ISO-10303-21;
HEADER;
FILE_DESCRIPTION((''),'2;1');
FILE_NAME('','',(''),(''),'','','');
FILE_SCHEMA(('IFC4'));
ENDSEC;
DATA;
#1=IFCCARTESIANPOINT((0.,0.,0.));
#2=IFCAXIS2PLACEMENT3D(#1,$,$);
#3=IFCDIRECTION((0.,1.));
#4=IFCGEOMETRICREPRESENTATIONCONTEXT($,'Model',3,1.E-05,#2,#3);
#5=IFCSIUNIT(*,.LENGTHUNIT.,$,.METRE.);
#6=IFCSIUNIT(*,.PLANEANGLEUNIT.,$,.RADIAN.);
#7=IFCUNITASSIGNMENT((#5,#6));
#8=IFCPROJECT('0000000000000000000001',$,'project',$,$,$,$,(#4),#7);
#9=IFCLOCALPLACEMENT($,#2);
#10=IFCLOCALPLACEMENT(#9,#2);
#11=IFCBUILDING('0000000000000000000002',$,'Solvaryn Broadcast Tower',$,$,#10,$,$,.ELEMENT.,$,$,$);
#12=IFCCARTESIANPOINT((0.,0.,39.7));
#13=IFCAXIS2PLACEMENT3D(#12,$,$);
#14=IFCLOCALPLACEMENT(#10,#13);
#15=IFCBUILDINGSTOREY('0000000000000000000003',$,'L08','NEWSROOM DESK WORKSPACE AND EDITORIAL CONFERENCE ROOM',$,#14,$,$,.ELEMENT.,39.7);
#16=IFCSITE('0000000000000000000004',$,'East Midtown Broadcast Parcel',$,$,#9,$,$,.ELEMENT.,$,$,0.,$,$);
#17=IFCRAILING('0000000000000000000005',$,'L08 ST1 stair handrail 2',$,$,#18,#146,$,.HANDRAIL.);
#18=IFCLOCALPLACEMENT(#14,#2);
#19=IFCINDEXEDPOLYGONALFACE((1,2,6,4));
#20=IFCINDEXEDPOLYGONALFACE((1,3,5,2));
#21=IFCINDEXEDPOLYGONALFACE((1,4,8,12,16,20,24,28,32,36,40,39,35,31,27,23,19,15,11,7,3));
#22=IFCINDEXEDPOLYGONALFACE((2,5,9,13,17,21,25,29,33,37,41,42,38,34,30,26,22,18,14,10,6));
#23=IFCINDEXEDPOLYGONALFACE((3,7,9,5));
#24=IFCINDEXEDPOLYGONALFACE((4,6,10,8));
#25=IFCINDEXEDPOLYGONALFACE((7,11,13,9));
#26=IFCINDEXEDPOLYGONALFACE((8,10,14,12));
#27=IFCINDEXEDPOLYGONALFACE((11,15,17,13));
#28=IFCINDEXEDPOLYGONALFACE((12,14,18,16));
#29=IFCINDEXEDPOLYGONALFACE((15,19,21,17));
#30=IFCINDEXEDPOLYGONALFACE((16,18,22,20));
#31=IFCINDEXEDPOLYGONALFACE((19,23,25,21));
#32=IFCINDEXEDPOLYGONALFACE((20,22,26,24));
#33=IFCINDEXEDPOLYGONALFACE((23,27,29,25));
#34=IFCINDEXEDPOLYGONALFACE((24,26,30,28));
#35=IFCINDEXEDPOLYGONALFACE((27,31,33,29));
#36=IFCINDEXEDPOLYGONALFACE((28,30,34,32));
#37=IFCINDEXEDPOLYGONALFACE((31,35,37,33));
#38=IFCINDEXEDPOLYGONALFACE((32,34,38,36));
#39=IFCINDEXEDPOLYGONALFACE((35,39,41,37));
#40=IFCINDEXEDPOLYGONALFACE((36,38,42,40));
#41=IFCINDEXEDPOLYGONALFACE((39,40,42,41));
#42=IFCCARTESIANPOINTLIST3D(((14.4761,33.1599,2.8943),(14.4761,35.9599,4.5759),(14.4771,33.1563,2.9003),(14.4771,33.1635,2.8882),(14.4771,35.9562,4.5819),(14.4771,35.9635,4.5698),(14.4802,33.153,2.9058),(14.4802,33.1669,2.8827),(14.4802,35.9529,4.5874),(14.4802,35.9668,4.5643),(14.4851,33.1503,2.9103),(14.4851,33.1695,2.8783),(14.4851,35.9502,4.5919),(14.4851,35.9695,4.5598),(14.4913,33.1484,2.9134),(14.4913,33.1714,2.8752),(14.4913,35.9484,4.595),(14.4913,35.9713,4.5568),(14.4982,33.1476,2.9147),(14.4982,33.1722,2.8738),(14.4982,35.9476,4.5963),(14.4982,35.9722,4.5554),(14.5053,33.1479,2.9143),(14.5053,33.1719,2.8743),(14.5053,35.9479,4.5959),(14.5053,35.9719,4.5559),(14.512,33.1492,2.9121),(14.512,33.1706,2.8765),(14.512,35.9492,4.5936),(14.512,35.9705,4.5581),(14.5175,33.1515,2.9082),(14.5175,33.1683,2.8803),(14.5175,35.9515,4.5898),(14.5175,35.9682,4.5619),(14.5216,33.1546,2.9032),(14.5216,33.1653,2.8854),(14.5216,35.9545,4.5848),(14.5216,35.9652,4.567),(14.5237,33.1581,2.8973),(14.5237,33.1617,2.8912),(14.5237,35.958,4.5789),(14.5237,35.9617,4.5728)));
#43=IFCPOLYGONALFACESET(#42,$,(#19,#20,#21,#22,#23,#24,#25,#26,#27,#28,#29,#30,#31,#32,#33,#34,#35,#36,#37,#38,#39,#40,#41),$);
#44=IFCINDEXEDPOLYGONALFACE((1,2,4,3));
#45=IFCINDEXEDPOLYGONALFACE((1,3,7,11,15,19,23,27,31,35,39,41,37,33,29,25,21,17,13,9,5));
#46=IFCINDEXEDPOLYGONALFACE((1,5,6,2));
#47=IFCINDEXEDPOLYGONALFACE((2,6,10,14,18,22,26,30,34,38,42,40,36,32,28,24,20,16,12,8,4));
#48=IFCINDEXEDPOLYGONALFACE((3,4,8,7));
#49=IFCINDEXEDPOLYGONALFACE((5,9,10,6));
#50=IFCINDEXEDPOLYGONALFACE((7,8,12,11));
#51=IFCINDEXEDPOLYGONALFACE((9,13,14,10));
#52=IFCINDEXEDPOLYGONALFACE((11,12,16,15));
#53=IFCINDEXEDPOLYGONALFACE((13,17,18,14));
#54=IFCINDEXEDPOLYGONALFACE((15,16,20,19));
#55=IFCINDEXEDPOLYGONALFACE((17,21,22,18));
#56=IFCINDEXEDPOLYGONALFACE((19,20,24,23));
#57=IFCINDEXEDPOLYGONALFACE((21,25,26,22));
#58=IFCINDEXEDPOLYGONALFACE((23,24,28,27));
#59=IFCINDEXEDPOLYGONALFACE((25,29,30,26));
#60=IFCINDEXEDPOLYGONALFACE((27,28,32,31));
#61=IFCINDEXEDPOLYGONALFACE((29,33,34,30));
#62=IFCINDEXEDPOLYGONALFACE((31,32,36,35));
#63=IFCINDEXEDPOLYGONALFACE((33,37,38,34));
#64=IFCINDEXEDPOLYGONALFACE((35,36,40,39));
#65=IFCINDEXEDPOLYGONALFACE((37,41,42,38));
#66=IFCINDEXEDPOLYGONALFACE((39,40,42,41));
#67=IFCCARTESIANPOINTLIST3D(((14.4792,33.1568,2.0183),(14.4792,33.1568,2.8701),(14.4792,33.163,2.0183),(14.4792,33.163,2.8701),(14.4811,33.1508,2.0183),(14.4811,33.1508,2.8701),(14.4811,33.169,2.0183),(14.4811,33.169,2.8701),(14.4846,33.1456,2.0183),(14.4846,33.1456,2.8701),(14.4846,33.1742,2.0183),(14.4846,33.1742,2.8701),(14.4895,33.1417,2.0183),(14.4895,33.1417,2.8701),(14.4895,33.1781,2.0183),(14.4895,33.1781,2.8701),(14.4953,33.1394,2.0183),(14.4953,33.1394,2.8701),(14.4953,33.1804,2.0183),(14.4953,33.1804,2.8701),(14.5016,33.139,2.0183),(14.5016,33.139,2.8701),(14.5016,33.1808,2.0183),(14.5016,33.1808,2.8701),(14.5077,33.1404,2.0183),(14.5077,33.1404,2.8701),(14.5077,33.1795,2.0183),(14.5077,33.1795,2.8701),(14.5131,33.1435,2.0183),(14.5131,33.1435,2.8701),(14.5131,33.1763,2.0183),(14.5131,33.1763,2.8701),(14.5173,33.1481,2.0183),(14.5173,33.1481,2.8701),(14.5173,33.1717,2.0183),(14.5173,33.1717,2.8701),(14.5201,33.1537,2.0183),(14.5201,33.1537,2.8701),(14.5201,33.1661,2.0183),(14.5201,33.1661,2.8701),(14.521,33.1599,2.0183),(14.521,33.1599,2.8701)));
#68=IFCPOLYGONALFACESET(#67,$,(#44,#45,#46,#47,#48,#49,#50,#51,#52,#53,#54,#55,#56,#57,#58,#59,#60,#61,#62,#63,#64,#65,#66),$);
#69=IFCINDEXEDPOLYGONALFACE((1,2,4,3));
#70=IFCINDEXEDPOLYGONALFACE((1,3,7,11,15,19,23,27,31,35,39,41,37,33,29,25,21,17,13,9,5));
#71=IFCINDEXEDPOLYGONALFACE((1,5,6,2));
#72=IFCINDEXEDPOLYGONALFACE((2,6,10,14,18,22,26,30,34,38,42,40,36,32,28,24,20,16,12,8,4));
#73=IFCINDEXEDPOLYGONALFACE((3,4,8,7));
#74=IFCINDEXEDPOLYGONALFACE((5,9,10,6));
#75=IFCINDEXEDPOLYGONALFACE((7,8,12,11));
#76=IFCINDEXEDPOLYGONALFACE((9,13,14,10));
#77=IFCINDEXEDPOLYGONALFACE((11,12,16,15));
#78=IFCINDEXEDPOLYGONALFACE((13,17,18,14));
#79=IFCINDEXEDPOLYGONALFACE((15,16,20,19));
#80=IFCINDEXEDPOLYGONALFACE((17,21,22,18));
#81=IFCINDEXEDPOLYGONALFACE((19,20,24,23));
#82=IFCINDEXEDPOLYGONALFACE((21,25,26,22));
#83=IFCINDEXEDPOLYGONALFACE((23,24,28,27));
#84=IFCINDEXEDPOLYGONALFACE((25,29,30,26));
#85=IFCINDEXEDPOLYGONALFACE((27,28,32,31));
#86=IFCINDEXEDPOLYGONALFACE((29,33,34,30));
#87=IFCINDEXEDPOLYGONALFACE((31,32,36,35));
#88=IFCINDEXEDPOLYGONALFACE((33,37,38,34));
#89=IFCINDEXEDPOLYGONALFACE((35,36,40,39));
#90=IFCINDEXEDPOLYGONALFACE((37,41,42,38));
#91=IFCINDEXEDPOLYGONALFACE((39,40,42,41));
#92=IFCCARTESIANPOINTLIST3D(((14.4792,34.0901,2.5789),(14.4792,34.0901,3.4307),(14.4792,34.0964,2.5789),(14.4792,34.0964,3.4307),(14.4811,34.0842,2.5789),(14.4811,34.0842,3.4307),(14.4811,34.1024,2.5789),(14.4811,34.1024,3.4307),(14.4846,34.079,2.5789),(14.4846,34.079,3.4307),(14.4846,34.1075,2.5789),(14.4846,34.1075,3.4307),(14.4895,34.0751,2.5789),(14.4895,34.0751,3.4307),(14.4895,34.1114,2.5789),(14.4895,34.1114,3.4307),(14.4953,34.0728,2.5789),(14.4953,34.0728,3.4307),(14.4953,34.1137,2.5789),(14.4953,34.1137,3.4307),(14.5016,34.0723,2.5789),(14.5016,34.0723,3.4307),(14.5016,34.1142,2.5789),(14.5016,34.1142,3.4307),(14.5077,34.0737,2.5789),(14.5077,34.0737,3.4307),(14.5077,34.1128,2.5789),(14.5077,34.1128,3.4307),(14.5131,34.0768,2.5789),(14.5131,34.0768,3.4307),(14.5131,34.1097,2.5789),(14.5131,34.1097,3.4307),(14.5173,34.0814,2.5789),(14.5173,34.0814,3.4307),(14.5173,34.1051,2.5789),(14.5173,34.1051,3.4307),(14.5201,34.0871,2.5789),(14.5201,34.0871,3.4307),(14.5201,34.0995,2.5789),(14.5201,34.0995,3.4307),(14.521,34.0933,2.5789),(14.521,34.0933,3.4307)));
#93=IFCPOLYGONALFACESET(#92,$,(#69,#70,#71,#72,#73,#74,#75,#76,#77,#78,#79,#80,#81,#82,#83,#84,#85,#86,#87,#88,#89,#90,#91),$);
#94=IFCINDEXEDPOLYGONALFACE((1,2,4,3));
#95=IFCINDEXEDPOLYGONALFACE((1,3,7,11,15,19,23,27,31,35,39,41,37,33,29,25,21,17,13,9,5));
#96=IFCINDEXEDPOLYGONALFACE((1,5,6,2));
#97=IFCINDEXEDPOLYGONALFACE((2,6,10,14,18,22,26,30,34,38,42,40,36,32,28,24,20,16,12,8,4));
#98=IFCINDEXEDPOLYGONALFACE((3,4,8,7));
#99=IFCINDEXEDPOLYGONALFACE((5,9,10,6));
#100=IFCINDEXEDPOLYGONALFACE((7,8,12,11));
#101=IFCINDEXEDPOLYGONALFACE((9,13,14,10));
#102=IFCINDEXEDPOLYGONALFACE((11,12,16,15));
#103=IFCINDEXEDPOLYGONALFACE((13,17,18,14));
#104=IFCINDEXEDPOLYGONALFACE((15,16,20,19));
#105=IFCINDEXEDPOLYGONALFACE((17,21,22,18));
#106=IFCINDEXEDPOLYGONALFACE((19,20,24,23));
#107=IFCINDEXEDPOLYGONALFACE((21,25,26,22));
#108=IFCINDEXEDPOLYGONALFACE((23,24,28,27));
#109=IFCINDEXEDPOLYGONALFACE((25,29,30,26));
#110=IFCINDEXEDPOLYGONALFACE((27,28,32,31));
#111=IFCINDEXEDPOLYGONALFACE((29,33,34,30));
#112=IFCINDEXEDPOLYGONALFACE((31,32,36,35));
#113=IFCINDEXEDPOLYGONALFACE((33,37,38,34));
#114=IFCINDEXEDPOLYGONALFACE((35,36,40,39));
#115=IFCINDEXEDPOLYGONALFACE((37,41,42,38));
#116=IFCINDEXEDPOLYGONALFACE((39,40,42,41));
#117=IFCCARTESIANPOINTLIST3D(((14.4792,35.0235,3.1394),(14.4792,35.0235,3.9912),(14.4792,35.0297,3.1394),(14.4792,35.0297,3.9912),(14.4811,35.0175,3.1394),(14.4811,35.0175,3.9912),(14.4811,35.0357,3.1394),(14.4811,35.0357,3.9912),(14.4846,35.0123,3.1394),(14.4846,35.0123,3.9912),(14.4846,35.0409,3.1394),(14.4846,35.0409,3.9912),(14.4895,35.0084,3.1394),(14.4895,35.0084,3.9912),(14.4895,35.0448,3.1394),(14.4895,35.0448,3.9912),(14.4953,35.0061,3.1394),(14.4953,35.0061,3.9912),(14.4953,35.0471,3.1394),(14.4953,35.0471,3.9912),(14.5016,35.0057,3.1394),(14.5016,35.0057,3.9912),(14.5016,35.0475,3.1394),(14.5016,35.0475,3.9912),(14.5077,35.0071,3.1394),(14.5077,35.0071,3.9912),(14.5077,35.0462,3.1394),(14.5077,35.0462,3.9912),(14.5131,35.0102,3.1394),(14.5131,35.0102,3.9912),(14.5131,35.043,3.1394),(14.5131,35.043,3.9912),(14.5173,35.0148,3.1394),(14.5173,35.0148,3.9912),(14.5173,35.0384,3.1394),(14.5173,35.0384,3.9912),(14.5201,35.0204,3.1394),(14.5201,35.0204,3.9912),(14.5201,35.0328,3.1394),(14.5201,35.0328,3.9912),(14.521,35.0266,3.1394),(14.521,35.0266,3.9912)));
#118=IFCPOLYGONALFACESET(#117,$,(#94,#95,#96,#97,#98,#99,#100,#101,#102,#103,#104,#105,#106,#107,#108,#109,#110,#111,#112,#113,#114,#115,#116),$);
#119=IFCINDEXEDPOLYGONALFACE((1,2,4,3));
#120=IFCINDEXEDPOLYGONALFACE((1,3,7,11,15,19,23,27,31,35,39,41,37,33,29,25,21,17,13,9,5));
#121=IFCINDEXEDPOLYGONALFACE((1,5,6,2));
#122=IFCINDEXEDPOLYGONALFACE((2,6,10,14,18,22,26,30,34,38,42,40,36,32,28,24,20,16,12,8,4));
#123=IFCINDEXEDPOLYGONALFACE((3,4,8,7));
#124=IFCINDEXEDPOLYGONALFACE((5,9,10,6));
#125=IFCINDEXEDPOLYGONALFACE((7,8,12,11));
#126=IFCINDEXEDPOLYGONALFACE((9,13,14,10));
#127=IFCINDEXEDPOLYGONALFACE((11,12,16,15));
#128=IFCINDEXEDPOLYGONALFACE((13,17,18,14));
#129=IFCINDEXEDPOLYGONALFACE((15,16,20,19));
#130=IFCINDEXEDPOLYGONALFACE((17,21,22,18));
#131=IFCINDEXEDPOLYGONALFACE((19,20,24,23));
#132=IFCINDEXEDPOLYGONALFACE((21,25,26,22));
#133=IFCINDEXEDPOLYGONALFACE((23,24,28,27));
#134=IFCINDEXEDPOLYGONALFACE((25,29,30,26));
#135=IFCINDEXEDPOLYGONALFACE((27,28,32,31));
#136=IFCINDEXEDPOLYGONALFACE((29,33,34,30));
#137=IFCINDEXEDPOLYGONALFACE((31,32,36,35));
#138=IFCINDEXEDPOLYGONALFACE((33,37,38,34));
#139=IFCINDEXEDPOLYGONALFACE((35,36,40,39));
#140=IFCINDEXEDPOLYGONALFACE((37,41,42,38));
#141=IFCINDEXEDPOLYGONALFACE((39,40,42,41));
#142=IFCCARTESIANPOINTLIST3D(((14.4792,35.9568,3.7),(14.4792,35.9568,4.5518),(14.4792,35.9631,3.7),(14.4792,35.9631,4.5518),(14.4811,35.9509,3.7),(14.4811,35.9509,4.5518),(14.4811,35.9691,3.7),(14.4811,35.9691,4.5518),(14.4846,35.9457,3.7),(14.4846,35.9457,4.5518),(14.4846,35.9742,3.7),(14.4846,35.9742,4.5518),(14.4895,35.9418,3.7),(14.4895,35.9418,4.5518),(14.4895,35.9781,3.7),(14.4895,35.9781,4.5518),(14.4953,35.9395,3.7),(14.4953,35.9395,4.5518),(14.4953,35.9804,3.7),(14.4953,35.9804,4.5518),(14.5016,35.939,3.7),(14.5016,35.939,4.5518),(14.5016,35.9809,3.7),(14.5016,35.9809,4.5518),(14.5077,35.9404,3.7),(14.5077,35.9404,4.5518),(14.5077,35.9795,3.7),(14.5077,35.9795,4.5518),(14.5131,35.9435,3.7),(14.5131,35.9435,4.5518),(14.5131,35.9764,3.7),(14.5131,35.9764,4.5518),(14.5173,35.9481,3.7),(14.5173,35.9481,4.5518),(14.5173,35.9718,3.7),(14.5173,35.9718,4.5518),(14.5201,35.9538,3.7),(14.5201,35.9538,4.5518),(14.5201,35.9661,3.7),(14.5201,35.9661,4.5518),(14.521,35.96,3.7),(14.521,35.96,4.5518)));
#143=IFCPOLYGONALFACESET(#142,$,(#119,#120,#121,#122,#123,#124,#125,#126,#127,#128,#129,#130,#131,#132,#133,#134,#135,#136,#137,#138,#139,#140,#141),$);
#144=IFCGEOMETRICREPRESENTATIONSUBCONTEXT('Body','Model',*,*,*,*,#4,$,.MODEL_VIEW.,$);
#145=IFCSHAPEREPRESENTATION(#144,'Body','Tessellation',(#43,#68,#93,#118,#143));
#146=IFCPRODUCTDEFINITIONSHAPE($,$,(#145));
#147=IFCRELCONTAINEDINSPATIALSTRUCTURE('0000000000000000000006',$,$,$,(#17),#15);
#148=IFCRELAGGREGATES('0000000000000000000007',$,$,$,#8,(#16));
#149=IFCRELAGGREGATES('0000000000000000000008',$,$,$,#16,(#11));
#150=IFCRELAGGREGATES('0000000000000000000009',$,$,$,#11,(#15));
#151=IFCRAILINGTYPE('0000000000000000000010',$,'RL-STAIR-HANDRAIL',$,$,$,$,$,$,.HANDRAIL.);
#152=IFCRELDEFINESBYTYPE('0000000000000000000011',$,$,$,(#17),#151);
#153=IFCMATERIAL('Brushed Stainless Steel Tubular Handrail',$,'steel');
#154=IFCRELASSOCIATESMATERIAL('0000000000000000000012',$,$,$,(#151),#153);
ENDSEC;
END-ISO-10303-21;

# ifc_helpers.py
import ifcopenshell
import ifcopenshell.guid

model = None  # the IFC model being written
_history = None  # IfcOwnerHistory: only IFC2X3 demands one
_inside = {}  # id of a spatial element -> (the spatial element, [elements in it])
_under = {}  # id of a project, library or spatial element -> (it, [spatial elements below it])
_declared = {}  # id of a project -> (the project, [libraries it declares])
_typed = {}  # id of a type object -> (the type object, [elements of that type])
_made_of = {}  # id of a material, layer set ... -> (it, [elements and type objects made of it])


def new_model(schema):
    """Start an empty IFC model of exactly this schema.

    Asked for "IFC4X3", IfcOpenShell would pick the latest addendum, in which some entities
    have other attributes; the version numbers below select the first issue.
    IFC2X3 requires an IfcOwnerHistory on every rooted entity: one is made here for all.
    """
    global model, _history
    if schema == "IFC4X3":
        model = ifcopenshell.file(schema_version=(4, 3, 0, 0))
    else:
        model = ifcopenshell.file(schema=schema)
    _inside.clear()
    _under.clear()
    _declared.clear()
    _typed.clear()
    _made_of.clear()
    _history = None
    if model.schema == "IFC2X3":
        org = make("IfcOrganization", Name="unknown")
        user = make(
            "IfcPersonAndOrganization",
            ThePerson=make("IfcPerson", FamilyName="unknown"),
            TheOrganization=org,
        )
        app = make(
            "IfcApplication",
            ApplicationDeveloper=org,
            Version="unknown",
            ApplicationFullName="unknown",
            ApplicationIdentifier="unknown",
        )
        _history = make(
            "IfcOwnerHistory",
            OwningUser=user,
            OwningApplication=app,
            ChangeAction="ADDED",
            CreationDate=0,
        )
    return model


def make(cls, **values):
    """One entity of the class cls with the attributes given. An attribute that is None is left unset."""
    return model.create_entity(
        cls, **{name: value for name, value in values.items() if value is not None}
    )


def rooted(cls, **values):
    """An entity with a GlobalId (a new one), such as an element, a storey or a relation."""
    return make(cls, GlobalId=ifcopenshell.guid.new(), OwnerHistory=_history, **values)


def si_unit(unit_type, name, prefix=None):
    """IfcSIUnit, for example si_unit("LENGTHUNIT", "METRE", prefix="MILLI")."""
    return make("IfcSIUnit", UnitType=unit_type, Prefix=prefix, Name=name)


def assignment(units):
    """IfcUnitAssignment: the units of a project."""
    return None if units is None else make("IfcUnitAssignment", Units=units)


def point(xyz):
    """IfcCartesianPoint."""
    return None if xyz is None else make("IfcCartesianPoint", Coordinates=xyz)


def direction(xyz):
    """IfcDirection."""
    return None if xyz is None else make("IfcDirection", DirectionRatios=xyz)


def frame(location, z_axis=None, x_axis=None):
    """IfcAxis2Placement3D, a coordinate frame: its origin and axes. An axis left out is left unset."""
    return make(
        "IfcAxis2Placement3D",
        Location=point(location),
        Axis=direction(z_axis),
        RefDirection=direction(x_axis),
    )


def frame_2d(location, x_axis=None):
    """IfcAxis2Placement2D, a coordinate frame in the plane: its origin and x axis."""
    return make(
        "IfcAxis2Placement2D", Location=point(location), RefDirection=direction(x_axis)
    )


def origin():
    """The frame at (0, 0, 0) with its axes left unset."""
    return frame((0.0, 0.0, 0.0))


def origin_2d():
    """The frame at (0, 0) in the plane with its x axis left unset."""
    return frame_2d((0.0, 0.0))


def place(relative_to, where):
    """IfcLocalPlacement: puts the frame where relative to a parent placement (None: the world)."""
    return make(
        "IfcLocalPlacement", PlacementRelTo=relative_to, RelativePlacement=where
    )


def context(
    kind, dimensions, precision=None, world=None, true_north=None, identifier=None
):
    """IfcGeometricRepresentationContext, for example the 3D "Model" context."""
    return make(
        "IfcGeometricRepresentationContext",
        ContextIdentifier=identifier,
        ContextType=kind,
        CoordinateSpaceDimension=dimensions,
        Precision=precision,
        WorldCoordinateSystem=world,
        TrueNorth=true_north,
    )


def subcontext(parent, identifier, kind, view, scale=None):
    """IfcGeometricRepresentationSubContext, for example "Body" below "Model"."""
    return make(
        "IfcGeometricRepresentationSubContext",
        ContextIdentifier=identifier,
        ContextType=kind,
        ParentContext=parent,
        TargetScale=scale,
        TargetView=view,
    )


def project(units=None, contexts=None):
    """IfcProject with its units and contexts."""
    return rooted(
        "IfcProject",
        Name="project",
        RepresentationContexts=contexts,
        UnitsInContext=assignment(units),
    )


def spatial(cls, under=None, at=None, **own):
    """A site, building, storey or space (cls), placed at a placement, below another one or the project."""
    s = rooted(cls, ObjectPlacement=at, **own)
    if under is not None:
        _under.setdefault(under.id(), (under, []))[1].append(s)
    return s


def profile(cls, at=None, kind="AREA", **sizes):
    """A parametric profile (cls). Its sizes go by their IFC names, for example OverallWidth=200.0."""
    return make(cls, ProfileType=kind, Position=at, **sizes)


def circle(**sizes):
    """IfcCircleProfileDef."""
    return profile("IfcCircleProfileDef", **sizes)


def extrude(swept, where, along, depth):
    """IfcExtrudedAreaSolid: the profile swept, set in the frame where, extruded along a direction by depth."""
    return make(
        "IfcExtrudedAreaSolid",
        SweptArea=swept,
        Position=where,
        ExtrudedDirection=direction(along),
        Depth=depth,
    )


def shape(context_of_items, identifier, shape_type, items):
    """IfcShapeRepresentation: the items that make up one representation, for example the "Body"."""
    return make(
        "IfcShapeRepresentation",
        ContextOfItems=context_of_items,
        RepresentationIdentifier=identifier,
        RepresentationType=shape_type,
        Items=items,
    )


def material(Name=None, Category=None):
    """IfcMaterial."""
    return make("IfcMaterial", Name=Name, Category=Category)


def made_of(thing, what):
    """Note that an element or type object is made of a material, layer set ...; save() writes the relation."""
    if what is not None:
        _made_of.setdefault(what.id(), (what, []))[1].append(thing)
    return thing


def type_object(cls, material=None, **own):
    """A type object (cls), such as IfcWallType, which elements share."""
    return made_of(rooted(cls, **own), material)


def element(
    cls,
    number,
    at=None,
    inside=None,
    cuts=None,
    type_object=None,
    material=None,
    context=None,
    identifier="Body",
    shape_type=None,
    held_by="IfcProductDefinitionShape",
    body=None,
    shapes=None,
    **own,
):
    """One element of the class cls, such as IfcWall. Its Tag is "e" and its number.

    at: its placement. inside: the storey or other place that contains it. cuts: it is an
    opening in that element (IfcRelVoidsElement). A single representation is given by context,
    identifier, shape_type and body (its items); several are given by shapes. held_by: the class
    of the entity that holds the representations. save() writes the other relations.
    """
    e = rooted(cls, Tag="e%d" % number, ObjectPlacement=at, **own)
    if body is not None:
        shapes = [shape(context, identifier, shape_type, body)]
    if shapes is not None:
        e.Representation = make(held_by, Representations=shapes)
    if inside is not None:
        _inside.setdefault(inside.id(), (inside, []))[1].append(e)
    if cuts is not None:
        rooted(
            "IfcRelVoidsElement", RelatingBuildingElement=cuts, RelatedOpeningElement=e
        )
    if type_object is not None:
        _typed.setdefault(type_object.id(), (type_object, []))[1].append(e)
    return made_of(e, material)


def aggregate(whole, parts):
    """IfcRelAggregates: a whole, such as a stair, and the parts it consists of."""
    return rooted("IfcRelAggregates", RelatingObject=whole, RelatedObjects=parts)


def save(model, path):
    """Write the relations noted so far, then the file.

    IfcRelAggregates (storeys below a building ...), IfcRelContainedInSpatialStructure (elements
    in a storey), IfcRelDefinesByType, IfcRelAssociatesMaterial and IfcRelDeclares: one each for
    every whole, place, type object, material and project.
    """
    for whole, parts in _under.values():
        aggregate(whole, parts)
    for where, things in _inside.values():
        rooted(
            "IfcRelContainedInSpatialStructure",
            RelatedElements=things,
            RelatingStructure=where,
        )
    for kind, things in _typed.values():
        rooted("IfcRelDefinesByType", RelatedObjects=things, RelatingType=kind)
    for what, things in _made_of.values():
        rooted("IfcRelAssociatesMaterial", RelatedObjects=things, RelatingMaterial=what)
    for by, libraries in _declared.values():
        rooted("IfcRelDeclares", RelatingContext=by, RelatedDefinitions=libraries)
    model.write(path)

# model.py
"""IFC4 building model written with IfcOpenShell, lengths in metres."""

from ifc_helpers import new_model, si_unit, direction, frame, origin, origin_2d, place, context, subcontext, project, spatial, circle, extrude, material, type_object, element, save


model = new_model("IFC4")

# Units and contexts
model_context = context("Model", 3, precision=1e-05, world=origin(), true_north=direction((0.0, 1.0)))
body_context = subcontext(model_context, "Body", "Model", "MODEL_VIEW")
ifc_project = project(units=[si_unit("LENGTHUNIT", "METRE"), si_unit("PLANEANGLEUNIT", "RADIAN")], contexts=[model_context])

# Site, building, storey
site_placement = place(None, origin())
site = spatial("IfcSite", under=ifc_project, at=site_placement, Name="East Midtown Broadcast Parcel", CompositionType="ELEMENT", RefElevation=0.0)
building_placement = place(site_placement, origin())
building = spatial("IfcBuilding", under=site, at=building_placement, Name="Solvaryn Broadcast Tower", CompositionType="ELEMENT")
storey_placement = place(building_placement, frame((0.0, 0.0, 39.7)))
storey = spatial("IfcBuildingStorey", under=building, at=storey_placement, Name="L08", Description="NEWSROOM DESK WORKSPACE AND EDITORIAL CONFERENCE ROOM", CompositionType="ELEMENT", Elevation=39.7)

# Railing
ifc_material_1 = material(Name="Brushed Stainless Steel Tubular Handrail", Category="steel")
railing_type_1 = type_object("IfcRailingType", Name="RL-STAIR-HANDRAIL", PredefinedType="HANDRAIL", material=ifc_material_1)
railing_1_placement = place(storey_placement, frame((14.5, 33.1599, 2.0183)))
element("IfcRailing", 1, at=railing_1_placement, inside=storey, type_object=railing_type_1, Name="L08 ST1 stair handrail 2", PredefinedType="HANDRAIL", context=body_context, shape_type="SweptSolid", body=[
    extrude(circle(Radius=0.0239, at=origin_2d()), frame((0.0, 0.0, 0.876), z_axis=(0.0, 0.857275, 0.514858), x_axis=(-1.0, 0.0, 0.0)), (0.0, 0.0, 1.0), 3.2661),
    extrude(circle(Radius=0.021, at=origin_2d()), origin(), (0.0, 0.0, 1.0), 0.8518),
    extrude(circle(Radius=0.021, at=origin_2d()), frame((0.0, 0.9333, 0.5605)), (0.0, 0.0, 1.0), 0.8518),
    extrude(circle(Radius=0.021, at=origin_2d()), frame((0.0, 1.8667, 1.1211)), (0.0, 0.0, 1.0), 0.8518),
    extrude(circle(Radius=0.021, at=origin_2d()), frame((0.0, 2.8, 1.6816)), (0.0, 0.0, 1.0), 0.8518),
])

save(model, "model.ifc")
